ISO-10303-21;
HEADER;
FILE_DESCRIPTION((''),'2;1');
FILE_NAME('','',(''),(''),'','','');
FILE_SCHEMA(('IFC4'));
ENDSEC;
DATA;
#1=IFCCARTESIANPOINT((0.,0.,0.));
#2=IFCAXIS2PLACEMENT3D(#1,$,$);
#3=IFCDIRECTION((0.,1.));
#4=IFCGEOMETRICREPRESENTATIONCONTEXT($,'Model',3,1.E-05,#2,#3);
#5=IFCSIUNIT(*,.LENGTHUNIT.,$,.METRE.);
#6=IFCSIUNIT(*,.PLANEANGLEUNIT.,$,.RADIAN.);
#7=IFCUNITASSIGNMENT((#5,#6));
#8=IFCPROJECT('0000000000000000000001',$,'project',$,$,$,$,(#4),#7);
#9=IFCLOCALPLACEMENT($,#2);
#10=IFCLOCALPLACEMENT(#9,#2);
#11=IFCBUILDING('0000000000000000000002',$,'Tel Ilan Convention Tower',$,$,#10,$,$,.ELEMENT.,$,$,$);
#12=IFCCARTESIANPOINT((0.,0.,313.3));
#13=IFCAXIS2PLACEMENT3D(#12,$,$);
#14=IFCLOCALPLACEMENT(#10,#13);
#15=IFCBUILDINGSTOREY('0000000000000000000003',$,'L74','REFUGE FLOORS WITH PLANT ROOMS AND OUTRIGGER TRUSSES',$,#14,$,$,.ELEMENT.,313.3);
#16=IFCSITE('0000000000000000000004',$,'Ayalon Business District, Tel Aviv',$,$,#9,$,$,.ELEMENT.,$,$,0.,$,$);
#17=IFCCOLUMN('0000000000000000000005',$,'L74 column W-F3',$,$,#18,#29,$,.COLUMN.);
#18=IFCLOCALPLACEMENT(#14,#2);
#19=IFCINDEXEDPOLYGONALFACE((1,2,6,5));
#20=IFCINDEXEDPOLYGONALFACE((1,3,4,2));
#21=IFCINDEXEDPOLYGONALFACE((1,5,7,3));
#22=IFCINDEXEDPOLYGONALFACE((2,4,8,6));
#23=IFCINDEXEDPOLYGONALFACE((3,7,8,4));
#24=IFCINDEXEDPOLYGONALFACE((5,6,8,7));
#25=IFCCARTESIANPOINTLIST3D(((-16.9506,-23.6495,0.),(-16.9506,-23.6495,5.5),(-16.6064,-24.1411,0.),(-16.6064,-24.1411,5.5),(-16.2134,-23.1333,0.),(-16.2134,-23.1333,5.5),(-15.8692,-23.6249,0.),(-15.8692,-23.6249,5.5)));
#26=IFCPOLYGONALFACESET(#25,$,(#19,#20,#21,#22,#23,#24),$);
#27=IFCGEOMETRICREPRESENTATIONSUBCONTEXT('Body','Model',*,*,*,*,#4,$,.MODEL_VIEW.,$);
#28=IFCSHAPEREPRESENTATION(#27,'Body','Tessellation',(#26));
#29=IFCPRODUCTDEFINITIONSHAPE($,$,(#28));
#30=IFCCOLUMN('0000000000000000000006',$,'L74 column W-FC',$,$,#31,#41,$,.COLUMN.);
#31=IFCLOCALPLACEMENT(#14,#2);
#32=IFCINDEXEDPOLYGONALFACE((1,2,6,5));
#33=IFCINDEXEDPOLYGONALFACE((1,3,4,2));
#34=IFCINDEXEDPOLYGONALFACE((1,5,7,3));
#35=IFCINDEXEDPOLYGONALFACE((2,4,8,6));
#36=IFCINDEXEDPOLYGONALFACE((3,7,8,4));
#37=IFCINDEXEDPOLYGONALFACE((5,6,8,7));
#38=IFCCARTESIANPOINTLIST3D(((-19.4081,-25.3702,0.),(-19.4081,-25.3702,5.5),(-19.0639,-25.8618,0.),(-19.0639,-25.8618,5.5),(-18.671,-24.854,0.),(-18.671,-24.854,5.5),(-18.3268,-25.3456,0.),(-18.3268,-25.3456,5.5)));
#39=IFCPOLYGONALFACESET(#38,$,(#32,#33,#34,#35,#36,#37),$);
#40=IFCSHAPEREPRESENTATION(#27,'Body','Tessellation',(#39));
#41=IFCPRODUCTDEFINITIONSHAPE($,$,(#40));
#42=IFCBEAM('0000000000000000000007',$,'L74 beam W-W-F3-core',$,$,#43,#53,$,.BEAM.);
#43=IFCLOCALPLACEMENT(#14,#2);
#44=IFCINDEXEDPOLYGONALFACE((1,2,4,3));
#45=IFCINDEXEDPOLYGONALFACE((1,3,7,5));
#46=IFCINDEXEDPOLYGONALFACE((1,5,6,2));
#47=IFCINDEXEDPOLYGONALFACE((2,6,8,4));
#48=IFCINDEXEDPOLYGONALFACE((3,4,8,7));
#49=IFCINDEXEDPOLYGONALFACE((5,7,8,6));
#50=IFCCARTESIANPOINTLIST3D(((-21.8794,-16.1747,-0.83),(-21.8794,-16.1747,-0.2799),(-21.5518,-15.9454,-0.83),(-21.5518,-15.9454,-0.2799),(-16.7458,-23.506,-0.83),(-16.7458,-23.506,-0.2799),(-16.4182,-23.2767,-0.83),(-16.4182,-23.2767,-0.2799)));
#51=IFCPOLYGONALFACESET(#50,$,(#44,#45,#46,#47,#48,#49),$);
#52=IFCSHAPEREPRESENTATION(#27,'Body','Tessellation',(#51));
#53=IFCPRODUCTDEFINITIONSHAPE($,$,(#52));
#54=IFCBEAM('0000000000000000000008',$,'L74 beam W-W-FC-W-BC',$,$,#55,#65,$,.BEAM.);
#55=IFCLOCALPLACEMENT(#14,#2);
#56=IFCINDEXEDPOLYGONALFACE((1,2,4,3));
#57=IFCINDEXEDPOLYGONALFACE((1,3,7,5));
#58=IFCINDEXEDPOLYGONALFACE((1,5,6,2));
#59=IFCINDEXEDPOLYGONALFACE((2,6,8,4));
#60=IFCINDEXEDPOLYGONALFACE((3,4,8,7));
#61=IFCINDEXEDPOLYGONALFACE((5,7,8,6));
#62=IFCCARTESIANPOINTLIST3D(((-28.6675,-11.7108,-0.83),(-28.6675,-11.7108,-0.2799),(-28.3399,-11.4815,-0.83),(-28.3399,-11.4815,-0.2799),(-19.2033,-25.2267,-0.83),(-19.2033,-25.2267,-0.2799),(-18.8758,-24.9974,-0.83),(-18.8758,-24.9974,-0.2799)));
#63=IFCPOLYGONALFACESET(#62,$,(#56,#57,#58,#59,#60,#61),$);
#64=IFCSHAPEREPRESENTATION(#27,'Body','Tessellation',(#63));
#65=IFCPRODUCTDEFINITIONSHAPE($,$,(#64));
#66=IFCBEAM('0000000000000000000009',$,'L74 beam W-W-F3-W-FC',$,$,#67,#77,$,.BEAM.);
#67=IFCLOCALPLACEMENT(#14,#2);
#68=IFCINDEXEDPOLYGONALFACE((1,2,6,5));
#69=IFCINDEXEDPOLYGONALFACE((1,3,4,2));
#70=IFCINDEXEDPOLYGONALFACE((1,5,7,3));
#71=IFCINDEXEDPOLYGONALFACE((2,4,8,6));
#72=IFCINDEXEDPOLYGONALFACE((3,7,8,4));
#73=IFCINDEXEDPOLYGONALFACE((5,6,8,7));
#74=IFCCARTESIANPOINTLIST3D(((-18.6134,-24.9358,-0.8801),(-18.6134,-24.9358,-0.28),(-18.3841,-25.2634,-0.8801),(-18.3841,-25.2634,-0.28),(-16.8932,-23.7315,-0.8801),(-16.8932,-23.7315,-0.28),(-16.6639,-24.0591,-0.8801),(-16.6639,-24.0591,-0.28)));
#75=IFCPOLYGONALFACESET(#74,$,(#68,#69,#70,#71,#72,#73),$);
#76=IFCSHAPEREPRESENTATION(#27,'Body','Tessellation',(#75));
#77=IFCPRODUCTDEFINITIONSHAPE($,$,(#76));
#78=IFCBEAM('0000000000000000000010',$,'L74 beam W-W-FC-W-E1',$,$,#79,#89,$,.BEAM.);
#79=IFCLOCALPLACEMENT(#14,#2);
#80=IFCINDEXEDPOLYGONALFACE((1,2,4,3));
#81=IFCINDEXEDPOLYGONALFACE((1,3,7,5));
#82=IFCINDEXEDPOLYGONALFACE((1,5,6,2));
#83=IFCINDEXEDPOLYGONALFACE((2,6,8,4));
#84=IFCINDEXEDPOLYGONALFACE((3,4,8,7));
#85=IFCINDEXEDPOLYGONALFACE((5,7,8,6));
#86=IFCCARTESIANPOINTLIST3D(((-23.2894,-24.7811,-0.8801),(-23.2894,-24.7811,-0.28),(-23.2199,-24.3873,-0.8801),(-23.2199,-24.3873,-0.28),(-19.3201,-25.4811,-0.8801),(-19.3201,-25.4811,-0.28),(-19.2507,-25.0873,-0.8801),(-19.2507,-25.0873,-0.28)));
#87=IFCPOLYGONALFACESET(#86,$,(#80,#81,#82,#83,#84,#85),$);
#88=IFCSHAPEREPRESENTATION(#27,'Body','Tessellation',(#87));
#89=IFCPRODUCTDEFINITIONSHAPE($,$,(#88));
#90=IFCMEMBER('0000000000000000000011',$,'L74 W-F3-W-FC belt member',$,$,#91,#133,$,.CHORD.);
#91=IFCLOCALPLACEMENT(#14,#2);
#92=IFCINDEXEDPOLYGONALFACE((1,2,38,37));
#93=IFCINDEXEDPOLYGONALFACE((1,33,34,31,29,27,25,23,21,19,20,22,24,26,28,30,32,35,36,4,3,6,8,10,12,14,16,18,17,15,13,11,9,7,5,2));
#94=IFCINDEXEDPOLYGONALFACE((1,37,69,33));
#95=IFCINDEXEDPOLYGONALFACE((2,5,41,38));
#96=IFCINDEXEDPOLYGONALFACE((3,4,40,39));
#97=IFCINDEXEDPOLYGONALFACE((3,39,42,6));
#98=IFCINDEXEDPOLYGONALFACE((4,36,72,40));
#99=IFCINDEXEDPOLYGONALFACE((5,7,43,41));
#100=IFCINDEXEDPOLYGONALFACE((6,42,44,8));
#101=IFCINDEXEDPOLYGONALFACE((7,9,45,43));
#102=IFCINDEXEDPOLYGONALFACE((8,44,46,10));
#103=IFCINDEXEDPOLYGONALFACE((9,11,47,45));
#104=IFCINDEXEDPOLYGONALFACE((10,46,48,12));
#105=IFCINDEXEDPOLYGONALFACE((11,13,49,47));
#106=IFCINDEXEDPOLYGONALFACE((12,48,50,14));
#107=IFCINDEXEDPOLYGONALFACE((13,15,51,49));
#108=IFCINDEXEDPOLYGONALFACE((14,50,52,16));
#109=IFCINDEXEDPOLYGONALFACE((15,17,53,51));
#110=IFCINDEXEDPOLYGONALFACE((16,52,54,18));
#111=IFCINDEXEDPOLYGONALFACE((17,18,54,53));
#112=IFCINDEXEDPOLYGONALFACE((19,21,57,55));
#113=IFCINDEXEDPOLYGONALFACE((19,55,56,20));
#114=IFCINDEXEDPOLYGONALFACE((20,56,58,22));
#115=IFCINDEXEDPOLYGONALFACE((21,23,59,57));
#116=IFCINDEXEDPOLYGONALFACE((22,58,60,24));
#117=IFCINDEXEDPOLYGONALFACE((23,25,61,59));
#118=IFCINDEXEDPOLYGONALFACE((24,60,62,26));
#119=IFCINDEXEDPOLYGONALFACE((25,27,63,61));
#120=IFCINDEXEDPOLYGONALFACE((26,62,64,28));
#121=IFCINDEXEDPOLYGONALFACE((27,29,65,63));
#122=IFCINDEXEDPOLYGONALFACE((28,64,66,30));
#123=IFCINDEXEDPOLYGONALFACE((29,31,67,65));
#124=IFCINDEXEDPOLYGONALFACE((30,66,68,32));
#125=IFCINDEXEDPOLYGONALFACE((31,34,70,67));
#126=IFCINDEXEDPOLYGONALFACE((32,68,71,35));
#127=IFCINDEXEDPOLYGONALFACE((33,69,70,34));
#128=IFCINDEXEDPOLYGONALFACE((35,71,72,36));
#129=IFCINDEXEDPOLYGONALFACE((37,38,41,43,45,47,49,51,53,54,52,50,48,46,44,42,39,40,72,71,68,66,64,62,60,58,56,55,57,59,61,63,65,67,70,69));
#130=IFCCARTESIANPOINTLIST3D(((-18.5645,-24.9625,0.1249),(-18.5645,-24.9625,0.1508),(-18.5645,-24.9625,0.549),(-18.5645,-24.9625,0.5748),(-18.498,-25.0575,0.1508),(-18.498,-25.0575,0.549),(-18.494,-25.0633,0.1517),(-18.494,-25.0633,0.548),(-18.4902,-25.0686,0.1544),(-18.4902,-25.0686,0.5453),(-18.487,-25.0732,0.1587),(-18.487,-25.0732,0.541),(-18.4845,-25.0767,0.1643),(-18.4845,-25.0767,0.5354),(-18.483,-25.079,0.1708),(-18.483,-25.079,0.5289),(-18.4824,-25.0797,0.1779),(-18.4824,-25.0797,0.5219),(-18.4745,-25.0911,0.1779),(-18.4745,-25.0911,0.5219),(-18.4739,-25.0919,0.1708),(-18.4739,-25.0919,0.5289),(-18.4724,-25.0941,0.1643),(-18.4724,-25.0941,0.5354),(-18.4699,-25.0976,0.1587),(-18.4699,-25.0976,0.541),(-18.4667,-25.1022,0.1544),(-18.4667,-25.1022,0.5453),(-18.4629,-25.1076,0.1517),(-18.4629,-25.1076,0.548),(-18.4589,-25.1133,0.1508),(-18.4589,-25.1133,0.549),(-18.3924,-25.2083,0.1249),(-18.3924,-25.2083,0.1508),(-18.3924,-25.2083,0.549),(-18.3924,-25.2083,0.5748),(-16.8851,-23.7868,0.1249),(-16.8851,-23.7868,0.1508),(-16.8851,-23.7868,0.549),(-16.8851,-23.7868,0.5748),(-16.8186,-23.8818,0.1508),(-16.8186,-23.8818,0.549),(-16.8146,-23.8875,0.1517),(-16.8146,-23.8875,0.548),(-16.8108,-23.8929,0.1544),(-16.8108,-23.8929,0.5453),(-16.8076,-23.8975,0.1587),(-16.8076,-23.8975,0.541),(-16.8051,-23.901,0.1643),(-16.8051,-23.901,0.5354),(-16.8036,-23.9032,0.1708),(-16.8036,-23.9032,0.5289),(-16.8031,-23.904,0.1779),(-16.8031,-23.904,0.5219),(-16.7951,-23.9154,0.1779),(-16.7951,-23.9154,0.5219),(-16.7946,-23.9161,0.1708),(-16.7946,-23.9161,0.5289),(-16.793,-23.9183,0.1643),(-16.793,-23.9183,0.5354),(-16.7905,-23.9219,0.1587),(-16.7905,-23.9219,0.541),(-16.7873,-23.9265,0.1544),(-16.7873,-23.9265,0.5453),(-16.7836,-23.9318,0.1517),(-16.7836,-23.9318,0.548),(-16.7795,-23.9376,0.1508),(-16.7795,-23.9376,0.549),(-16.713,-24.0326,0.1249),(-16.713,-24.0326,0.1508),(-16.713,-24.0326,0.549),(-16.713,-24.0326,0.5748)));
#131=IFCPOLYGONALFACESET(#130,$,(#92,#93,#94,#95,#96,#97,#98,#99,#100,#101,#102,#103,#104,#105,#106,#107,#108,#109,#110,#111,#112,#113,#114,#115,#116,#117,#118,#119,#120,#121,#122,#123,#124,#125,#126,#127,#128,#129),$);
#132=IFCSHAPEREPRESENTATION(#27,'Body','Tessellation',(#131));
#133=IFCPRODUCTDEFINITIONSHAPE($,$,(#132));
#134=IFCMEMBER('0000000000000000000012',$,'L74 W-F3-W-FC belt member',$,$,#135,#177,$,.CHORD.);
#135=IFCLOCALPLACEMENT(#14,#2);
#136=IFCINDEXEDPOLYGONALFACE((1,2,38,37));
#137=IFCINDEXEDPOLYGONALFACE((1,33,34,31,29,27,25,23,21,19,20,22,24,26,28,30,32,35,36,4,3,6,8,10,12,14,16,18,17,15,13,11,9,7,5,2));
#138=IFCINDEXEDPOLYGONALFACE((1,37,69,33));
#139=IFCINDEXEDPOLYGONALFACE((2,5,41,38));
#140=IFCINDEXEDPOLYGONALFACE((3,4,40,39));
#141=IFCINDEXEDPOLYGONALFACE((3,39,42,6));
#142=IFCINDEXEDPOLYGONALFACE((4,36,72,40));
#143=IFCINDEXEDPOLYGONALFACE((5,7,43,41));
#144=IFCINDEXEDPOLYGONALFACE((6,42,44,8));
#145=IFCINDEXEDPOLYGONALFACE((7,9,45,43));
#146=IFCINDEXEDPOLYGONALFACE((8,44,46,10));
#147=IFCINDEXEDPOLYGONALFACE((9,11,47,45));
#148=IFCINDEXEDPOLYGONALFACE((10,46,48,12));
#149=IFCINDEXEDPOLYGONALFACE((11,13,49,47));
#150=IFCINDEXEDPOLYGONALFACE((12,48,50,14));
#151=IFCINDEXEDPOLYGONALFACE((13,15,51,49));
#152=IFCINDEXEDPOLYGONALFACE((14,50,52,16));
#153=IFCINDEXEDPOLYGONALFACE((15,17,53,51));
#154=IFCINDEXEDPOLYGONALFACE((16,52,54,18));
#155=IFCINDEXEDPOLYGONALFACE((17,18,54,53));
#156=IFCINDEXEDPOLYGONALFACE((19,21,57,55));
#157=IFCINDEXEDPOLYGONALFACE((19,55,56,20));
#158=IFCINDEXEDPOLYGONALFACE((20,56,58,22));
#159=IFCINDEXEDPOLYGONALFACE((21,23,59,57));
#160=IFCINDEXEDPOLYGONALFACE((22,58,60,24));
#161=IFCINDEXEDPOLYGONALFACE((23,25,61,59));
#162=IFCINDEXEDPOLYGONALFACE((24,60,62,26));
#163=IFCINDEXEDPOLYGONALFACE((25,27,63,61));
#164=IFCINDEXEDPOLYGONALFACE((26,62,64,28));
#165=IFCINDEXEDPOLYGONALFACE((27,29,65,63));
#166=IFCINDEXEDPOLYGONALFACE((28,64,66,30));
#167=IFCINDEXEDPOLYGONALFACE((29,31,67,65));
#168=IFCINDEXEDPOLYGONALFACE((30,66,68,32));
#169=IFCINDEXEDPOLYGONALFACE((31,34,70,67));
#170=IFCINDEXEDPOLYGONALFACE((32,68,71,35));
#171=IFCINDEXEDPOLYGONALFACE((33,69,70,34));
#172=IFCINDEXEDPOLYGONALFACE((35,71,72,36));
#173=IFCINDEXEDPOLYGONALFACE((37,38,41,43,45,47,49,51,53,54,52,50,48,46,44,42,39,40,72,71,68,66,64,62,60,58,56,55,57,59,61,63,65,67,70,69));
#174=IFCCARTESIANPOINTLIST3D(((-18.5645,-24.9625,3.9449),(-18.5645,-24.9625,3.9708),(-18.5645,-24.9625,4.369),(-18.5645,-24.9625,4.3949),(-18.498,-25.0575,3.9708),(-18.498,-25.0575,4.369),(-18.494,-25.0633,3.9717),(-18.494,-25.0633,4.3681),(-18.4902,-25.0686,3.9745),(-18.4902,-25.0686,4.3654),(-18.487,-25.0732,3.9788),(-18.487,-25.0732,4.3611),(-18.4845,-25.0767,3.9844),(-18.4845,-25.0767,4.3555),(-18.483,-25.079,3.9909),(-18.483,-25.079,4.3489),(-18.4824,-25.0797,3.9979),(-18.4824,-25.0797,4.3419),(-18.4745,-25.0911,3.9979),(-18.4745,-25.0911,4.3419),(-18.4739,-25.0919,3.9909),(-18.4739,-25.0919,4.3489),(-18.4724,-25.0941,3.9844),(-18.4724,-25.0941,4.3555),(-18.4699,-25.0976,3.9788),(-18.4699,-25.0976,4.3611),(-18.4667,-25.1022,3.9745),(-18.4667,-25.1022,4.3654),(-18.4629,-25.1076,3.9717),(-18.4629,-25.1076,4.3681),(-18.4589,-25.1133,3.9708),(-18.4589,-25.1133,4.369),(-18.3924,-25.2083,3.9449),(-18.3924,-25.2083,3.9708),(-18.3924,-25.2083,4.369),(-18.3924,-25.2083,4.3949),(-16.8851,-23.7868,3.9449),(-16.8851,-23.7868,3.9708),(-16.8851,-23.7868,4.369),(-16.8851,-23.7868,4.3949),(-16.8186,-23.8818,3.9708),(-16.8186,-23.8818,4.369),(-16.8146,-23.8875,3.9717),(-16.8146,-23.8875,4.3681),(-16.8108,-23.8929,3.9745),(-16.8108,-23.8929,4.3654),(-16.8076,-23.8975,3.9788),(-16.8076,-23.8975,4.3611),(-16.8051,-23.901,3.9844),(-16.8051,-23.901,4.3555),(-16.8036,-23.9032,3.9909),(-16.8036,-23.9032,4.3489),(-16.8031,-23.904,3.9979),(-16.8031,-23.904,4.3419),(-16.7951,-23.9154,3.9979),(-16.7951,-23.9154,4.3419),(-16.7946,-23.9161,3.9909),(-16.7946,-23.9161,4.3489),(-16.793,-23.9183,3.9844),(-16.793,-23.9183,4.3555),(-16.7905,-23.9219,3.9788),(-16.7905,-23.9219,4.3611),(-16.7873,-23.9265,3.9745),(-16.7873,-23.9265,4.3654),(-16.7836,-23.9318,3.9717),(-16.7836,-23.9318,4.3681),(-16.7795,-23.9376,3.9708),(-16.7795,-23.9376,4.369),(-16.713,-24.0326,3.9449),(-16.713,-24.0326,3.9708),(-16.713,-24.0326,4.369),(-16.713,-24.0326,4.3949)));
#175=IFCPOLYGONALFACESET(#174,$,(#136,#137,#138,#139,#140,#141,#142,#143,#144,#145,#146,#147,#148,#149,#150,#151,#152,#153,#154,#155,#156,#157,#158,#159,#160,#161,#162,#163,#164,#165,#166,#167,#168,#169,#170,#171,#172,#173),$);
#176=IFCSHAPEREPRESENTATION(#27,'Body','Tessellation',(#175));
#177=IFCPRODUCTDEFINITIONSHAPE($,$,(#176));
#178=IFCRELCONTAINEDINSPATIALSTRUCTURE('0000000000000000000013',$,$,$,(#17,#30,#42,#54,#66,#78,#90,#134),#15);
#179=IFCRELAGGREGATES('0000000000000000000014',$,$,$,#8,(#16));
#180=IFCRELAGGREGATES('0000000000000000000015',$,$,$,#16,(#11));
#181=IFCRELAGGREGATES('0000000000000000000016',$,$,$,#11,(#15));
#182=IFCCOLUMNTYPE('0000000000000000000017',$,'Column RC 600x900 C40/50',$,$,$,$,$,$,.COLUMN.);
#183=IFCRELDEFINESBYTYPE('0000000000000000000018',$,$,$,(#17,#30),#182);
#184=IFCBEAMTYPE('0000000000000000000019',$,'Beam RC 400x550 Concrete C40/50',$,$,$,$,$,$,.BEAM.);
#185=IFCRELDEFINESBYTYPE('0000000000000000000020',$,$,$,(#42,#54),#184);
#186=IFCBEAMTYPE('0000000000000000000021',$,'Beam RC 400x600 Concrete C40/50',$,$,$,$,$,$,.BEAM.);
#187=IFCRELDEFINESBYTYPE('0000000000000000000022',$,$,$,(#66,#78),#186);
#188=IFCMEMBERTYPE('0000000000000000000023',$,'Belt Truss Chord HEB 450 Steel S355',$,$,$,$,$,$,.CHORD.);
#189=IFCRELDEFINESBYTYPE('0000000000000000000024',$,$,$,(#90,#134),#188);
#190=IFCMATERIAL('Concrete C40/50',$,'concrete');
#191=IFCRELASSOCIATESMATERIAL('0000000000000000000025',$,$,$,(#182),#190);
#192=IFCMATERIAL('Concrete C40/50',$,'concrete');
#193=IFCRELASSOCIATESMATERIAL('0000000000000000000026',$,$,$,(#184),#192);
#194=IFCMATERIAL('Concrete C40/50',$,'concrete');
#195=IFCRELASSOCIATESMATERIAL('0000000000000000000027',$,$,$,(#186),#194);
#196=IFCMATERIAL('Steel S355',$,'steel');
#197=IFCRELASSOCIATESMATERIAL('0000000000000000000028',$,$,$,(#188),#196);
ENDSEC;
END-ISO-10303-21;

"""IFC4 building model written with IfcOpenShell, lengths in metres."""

from ifc_helpers import new_model, si_unit, direction, frame, origin, origin_2d, place, context, subcontext, project, spatial, rectangle, i_section, extrude, material, material_profile, profile_set, type_object, element, save


model = new_model("IFC4")

# Units and contexts
model_context = context("Model", 3, precision=1e-05, world=origin(), true_north=direction((0.0, 1.0)))
body_context = subcontext(model_context, "Body", "Model", "MODEL_VIEW")
ifc_project = project(units=[si_unit("LENGTHUNIT", "METRE"), si_unit("PLANEANGLEUNIT", "RADIAN")], contexts=[model_context])

# Site, building, storey
site_placement = place(None, origin())
site = spatial("IfcSite", under=ifc_project, at=site_placement, Name="Ayalon Business District, Tel Aviv", CompositionType="ELEMENT", RefElevation=0.0)
building_placement = place(site_placement, origin())
building = spatial("IfcBuilding", under=site, at=building_placement, Name="Tel Ilan Convention Tower", CompositionType="ELEMENT")
storey_placement = place(building_placement, frame((0.0, 0.0, 313.3)))
storey = spatial("IfcBuildingStorey", under=building, at=storey_placement, Name="L74", Description="REFUGE FLOORS WITH PLANT ROOMS AND OUTRIGGER TRUSSES", CompositionType="ELEMENT", Elevation=313.3)

# Columns
ifc_material_1 = material(Name="Concrete C40/50", Category="concrete")
ifc_material_profile_1 = material_profile(ifc_material_1, rectangle(XDim=0.8999, YDim=0.6001, at=origin_2d()), Name="RC 600x900")
ifc_profile_set_1 = profile_set([ifc_material_profile_1], Name="Concrete C40/50")
column_type = type_object("IfcColumnType", Name="Column RC 600x900 C40/50", PredefinedType="COLUMN", material=ifc_profile_set_1)
for number, where, z_axis, x_axis, name in (
    (1, (-16.4099, -23.6372, 0.0), (0.0, 0.0, 1.0), (-0.819152, -0.573576, 0.0), "L74 column W-F3"),
    (2, (-18.8674, -25.3579, 0.0), (0.0, 0.0, 1.0), (-0.819152, -0.573576, 0.0), "L74 column W-FC"),
):
    element("IfcColumn", number, at=place(storey_placement, frame(where, z_axis=z_axis, x_axis=x_axis)), inside=storey, type_object=column_type, Name=name, PredefinedType="COLUMN", context=body_context, shape_type="SweptSolid", body=[
        extrude(rectangle(XDim=0.8999, YDim=0.6001, at=origin_2d()), origin(), (0.0, 0.0, 1.0), 5.5),
    ])

# Beams
ifc_material_2 = material(Name="Concrete C40/50", Category="concrete")
ifc_material_profile_2 = material_profile(ifc_material_2, rectangle(XDim=0.3999, YDim=0.55, at=origin_2d()), Name="RC 400x550")
ifc_profile_set_2 = profile_set([ifc_material_profile_2], Name="Concrete C40/50")
beam_type_1 = type_object("IfcBeamType", Name="Beam RC 400x550 Concrete C40/50", PredefinedType="BEAM", material=ifc_profile_set_2)
beam_1_placement = place(storey_placement, frame((-16.582, -23.3914, -0.5549), z_axis=(-0.573585, 0.819146, 0.0), x_axis=(-0.819146, -0.573585, 0.0)))
element("IfcBeam", 3, at=beam_1_placement, inside=storey, type_object=beam_type_1, Name="L74 beam W-W-F3-core", PredefinedType="BEAM", context=body_context, shape_type="SweptSolid", body=[
    extrude(rectangle(XDim=0.3999, YDim=0.55, at=origin_2d()), origin(), (0.0, 0.0, 1.0), 8.95),
])
beam_2_placement = place(storey_placement, frame((-19.0396, -25.1121, -0.5549), z_axis=(-0.573584, 0.819146, 0.0), x_axis=(-0.819146, -0.573584, 0.0)))
element("IfcBeam", 4, at=beam_2_placement, inside=storey, type_object=beam_type_1, Name="L74 beam W-W-FC-W-BC", PredefinedType="BEAM", context=body_context, shape_type="SweptSolid", body=[
    extrude(rectangle(XDim=0.3999, YDim=0.55, at=origin_2d()), origin(), (0.0, 0.0, 1.0), 16.5),
])
ifc_material_3 = material(Name="Concrete C40/50", Category="concrete")
ifc_material_profile_3 = material_profile(ifc_material_3, rectangle(XDim=0.3999, YDim=0.6001, at=origin_2d()), Name="RC 400x600")
ifc_profile_set_3 = profile_set([ifc_material_profile_3], Name="Concrete C40/50")
beam_type_2 = type_object("IfcBeamType", Name="Beam RC 400x600 Concrete C40/50", PredefinedType="BEAM", material=ifc_profile_set_3)
beam_3_placement = place(storey_placement, frame((-16.7786, -23.8953, -0.5801), z_axis=(-0.819188, -0.573525, 0.0), x_axis=(0.573525, -0.819188, 0.0)))
element("IfcBeam", 5, at=beam_3_placement, inside=storey, type_object=beam_type_2, Name="L74 beam W-W-F3-W-FC", PredefinedType="BEAM", context=body_context, shape_type="SweptSolid", body=[
    extrude(rectangle(XDim=0.3999, YDim=0.6001, at=origin_2d()), origin(), (0.0, 0.0, 1.0), 2.0999),
])
beam_4_placement = place(storey_placement, frame((-19.2854, -25.2842, -0.5801), z_axis=(-0.984805, 0.173664, 0.0), x_axis=(-0.173664, -0.984805, 0.0)))
element("IfcBeam", 6, at=beam_4_placement, inside=storey, type_object=beam_type_2, Name="L74 beam W-W-FC-W-E1", PredefinedType="BEAM", context=body_context, shape_type="SweptSolid", body=[
    extrude(rectangle(XDim=0.3999, YDim=0.6001, at=origin_2d()), origin(), (0.0, 0.0, 1.0), 4.0305),
])

# Members
ifc_material_4 = material(Name="Steel S355", Category="steel")
ifc_material_profile_4 = material_profile(ifc_material_4, i_section(OverallWidth=0.3, OverallDepth=0.45, WebThickness=0.0139, FlangeThickness=0.0259, FilletRadius=0.0271, at=origin_2d()), Name="HEB 450")
ifc_profile_set_4 = profile_set([ifc_material_profile_4], Name="Steel S355")
member_type_1 = type_object("IfcMemberType", Name="Belt Truss Chord HEB 450 Steel S355", PredefinedType="CHORD", material=ifc_profile_set_4)
for number, where, z_axis, x_axis, name in (
    (7, (-16.7991, -23.9097, 0.3499), (-0.819193, -0.573518, 0.0), (0.573518, -0.819193, 0.0), "L74 W-F3-W-FC belt member"),
    (8, (-16.7991, -23.9097, 4.1699), (-0.819193, -0.573518, 0.0), (0.573518, -0.819193, 0.0), "L74 W-F3-W-FC belt member"),
):
    element("IfcMember", number, at=place(storey_placement, frame(where, z_axis=z_axis, x_axis=x_axis)), inside=storey, type_object=member_type_1, Name=name, PredefinedType="CHORD", context=body_context, shape_type="SweptSolid", body=[
        extrude(i_section(OverallWidth=0.3, OverallDepth=0.45, WebThickness=0.0139, FlangeThickness=0.0259, FilletRadius=0.0271, at=origin_2d()), origin(), (0.0, 0.0, 1.0), 2.05),
    ])

save(model, "model.ifc")
